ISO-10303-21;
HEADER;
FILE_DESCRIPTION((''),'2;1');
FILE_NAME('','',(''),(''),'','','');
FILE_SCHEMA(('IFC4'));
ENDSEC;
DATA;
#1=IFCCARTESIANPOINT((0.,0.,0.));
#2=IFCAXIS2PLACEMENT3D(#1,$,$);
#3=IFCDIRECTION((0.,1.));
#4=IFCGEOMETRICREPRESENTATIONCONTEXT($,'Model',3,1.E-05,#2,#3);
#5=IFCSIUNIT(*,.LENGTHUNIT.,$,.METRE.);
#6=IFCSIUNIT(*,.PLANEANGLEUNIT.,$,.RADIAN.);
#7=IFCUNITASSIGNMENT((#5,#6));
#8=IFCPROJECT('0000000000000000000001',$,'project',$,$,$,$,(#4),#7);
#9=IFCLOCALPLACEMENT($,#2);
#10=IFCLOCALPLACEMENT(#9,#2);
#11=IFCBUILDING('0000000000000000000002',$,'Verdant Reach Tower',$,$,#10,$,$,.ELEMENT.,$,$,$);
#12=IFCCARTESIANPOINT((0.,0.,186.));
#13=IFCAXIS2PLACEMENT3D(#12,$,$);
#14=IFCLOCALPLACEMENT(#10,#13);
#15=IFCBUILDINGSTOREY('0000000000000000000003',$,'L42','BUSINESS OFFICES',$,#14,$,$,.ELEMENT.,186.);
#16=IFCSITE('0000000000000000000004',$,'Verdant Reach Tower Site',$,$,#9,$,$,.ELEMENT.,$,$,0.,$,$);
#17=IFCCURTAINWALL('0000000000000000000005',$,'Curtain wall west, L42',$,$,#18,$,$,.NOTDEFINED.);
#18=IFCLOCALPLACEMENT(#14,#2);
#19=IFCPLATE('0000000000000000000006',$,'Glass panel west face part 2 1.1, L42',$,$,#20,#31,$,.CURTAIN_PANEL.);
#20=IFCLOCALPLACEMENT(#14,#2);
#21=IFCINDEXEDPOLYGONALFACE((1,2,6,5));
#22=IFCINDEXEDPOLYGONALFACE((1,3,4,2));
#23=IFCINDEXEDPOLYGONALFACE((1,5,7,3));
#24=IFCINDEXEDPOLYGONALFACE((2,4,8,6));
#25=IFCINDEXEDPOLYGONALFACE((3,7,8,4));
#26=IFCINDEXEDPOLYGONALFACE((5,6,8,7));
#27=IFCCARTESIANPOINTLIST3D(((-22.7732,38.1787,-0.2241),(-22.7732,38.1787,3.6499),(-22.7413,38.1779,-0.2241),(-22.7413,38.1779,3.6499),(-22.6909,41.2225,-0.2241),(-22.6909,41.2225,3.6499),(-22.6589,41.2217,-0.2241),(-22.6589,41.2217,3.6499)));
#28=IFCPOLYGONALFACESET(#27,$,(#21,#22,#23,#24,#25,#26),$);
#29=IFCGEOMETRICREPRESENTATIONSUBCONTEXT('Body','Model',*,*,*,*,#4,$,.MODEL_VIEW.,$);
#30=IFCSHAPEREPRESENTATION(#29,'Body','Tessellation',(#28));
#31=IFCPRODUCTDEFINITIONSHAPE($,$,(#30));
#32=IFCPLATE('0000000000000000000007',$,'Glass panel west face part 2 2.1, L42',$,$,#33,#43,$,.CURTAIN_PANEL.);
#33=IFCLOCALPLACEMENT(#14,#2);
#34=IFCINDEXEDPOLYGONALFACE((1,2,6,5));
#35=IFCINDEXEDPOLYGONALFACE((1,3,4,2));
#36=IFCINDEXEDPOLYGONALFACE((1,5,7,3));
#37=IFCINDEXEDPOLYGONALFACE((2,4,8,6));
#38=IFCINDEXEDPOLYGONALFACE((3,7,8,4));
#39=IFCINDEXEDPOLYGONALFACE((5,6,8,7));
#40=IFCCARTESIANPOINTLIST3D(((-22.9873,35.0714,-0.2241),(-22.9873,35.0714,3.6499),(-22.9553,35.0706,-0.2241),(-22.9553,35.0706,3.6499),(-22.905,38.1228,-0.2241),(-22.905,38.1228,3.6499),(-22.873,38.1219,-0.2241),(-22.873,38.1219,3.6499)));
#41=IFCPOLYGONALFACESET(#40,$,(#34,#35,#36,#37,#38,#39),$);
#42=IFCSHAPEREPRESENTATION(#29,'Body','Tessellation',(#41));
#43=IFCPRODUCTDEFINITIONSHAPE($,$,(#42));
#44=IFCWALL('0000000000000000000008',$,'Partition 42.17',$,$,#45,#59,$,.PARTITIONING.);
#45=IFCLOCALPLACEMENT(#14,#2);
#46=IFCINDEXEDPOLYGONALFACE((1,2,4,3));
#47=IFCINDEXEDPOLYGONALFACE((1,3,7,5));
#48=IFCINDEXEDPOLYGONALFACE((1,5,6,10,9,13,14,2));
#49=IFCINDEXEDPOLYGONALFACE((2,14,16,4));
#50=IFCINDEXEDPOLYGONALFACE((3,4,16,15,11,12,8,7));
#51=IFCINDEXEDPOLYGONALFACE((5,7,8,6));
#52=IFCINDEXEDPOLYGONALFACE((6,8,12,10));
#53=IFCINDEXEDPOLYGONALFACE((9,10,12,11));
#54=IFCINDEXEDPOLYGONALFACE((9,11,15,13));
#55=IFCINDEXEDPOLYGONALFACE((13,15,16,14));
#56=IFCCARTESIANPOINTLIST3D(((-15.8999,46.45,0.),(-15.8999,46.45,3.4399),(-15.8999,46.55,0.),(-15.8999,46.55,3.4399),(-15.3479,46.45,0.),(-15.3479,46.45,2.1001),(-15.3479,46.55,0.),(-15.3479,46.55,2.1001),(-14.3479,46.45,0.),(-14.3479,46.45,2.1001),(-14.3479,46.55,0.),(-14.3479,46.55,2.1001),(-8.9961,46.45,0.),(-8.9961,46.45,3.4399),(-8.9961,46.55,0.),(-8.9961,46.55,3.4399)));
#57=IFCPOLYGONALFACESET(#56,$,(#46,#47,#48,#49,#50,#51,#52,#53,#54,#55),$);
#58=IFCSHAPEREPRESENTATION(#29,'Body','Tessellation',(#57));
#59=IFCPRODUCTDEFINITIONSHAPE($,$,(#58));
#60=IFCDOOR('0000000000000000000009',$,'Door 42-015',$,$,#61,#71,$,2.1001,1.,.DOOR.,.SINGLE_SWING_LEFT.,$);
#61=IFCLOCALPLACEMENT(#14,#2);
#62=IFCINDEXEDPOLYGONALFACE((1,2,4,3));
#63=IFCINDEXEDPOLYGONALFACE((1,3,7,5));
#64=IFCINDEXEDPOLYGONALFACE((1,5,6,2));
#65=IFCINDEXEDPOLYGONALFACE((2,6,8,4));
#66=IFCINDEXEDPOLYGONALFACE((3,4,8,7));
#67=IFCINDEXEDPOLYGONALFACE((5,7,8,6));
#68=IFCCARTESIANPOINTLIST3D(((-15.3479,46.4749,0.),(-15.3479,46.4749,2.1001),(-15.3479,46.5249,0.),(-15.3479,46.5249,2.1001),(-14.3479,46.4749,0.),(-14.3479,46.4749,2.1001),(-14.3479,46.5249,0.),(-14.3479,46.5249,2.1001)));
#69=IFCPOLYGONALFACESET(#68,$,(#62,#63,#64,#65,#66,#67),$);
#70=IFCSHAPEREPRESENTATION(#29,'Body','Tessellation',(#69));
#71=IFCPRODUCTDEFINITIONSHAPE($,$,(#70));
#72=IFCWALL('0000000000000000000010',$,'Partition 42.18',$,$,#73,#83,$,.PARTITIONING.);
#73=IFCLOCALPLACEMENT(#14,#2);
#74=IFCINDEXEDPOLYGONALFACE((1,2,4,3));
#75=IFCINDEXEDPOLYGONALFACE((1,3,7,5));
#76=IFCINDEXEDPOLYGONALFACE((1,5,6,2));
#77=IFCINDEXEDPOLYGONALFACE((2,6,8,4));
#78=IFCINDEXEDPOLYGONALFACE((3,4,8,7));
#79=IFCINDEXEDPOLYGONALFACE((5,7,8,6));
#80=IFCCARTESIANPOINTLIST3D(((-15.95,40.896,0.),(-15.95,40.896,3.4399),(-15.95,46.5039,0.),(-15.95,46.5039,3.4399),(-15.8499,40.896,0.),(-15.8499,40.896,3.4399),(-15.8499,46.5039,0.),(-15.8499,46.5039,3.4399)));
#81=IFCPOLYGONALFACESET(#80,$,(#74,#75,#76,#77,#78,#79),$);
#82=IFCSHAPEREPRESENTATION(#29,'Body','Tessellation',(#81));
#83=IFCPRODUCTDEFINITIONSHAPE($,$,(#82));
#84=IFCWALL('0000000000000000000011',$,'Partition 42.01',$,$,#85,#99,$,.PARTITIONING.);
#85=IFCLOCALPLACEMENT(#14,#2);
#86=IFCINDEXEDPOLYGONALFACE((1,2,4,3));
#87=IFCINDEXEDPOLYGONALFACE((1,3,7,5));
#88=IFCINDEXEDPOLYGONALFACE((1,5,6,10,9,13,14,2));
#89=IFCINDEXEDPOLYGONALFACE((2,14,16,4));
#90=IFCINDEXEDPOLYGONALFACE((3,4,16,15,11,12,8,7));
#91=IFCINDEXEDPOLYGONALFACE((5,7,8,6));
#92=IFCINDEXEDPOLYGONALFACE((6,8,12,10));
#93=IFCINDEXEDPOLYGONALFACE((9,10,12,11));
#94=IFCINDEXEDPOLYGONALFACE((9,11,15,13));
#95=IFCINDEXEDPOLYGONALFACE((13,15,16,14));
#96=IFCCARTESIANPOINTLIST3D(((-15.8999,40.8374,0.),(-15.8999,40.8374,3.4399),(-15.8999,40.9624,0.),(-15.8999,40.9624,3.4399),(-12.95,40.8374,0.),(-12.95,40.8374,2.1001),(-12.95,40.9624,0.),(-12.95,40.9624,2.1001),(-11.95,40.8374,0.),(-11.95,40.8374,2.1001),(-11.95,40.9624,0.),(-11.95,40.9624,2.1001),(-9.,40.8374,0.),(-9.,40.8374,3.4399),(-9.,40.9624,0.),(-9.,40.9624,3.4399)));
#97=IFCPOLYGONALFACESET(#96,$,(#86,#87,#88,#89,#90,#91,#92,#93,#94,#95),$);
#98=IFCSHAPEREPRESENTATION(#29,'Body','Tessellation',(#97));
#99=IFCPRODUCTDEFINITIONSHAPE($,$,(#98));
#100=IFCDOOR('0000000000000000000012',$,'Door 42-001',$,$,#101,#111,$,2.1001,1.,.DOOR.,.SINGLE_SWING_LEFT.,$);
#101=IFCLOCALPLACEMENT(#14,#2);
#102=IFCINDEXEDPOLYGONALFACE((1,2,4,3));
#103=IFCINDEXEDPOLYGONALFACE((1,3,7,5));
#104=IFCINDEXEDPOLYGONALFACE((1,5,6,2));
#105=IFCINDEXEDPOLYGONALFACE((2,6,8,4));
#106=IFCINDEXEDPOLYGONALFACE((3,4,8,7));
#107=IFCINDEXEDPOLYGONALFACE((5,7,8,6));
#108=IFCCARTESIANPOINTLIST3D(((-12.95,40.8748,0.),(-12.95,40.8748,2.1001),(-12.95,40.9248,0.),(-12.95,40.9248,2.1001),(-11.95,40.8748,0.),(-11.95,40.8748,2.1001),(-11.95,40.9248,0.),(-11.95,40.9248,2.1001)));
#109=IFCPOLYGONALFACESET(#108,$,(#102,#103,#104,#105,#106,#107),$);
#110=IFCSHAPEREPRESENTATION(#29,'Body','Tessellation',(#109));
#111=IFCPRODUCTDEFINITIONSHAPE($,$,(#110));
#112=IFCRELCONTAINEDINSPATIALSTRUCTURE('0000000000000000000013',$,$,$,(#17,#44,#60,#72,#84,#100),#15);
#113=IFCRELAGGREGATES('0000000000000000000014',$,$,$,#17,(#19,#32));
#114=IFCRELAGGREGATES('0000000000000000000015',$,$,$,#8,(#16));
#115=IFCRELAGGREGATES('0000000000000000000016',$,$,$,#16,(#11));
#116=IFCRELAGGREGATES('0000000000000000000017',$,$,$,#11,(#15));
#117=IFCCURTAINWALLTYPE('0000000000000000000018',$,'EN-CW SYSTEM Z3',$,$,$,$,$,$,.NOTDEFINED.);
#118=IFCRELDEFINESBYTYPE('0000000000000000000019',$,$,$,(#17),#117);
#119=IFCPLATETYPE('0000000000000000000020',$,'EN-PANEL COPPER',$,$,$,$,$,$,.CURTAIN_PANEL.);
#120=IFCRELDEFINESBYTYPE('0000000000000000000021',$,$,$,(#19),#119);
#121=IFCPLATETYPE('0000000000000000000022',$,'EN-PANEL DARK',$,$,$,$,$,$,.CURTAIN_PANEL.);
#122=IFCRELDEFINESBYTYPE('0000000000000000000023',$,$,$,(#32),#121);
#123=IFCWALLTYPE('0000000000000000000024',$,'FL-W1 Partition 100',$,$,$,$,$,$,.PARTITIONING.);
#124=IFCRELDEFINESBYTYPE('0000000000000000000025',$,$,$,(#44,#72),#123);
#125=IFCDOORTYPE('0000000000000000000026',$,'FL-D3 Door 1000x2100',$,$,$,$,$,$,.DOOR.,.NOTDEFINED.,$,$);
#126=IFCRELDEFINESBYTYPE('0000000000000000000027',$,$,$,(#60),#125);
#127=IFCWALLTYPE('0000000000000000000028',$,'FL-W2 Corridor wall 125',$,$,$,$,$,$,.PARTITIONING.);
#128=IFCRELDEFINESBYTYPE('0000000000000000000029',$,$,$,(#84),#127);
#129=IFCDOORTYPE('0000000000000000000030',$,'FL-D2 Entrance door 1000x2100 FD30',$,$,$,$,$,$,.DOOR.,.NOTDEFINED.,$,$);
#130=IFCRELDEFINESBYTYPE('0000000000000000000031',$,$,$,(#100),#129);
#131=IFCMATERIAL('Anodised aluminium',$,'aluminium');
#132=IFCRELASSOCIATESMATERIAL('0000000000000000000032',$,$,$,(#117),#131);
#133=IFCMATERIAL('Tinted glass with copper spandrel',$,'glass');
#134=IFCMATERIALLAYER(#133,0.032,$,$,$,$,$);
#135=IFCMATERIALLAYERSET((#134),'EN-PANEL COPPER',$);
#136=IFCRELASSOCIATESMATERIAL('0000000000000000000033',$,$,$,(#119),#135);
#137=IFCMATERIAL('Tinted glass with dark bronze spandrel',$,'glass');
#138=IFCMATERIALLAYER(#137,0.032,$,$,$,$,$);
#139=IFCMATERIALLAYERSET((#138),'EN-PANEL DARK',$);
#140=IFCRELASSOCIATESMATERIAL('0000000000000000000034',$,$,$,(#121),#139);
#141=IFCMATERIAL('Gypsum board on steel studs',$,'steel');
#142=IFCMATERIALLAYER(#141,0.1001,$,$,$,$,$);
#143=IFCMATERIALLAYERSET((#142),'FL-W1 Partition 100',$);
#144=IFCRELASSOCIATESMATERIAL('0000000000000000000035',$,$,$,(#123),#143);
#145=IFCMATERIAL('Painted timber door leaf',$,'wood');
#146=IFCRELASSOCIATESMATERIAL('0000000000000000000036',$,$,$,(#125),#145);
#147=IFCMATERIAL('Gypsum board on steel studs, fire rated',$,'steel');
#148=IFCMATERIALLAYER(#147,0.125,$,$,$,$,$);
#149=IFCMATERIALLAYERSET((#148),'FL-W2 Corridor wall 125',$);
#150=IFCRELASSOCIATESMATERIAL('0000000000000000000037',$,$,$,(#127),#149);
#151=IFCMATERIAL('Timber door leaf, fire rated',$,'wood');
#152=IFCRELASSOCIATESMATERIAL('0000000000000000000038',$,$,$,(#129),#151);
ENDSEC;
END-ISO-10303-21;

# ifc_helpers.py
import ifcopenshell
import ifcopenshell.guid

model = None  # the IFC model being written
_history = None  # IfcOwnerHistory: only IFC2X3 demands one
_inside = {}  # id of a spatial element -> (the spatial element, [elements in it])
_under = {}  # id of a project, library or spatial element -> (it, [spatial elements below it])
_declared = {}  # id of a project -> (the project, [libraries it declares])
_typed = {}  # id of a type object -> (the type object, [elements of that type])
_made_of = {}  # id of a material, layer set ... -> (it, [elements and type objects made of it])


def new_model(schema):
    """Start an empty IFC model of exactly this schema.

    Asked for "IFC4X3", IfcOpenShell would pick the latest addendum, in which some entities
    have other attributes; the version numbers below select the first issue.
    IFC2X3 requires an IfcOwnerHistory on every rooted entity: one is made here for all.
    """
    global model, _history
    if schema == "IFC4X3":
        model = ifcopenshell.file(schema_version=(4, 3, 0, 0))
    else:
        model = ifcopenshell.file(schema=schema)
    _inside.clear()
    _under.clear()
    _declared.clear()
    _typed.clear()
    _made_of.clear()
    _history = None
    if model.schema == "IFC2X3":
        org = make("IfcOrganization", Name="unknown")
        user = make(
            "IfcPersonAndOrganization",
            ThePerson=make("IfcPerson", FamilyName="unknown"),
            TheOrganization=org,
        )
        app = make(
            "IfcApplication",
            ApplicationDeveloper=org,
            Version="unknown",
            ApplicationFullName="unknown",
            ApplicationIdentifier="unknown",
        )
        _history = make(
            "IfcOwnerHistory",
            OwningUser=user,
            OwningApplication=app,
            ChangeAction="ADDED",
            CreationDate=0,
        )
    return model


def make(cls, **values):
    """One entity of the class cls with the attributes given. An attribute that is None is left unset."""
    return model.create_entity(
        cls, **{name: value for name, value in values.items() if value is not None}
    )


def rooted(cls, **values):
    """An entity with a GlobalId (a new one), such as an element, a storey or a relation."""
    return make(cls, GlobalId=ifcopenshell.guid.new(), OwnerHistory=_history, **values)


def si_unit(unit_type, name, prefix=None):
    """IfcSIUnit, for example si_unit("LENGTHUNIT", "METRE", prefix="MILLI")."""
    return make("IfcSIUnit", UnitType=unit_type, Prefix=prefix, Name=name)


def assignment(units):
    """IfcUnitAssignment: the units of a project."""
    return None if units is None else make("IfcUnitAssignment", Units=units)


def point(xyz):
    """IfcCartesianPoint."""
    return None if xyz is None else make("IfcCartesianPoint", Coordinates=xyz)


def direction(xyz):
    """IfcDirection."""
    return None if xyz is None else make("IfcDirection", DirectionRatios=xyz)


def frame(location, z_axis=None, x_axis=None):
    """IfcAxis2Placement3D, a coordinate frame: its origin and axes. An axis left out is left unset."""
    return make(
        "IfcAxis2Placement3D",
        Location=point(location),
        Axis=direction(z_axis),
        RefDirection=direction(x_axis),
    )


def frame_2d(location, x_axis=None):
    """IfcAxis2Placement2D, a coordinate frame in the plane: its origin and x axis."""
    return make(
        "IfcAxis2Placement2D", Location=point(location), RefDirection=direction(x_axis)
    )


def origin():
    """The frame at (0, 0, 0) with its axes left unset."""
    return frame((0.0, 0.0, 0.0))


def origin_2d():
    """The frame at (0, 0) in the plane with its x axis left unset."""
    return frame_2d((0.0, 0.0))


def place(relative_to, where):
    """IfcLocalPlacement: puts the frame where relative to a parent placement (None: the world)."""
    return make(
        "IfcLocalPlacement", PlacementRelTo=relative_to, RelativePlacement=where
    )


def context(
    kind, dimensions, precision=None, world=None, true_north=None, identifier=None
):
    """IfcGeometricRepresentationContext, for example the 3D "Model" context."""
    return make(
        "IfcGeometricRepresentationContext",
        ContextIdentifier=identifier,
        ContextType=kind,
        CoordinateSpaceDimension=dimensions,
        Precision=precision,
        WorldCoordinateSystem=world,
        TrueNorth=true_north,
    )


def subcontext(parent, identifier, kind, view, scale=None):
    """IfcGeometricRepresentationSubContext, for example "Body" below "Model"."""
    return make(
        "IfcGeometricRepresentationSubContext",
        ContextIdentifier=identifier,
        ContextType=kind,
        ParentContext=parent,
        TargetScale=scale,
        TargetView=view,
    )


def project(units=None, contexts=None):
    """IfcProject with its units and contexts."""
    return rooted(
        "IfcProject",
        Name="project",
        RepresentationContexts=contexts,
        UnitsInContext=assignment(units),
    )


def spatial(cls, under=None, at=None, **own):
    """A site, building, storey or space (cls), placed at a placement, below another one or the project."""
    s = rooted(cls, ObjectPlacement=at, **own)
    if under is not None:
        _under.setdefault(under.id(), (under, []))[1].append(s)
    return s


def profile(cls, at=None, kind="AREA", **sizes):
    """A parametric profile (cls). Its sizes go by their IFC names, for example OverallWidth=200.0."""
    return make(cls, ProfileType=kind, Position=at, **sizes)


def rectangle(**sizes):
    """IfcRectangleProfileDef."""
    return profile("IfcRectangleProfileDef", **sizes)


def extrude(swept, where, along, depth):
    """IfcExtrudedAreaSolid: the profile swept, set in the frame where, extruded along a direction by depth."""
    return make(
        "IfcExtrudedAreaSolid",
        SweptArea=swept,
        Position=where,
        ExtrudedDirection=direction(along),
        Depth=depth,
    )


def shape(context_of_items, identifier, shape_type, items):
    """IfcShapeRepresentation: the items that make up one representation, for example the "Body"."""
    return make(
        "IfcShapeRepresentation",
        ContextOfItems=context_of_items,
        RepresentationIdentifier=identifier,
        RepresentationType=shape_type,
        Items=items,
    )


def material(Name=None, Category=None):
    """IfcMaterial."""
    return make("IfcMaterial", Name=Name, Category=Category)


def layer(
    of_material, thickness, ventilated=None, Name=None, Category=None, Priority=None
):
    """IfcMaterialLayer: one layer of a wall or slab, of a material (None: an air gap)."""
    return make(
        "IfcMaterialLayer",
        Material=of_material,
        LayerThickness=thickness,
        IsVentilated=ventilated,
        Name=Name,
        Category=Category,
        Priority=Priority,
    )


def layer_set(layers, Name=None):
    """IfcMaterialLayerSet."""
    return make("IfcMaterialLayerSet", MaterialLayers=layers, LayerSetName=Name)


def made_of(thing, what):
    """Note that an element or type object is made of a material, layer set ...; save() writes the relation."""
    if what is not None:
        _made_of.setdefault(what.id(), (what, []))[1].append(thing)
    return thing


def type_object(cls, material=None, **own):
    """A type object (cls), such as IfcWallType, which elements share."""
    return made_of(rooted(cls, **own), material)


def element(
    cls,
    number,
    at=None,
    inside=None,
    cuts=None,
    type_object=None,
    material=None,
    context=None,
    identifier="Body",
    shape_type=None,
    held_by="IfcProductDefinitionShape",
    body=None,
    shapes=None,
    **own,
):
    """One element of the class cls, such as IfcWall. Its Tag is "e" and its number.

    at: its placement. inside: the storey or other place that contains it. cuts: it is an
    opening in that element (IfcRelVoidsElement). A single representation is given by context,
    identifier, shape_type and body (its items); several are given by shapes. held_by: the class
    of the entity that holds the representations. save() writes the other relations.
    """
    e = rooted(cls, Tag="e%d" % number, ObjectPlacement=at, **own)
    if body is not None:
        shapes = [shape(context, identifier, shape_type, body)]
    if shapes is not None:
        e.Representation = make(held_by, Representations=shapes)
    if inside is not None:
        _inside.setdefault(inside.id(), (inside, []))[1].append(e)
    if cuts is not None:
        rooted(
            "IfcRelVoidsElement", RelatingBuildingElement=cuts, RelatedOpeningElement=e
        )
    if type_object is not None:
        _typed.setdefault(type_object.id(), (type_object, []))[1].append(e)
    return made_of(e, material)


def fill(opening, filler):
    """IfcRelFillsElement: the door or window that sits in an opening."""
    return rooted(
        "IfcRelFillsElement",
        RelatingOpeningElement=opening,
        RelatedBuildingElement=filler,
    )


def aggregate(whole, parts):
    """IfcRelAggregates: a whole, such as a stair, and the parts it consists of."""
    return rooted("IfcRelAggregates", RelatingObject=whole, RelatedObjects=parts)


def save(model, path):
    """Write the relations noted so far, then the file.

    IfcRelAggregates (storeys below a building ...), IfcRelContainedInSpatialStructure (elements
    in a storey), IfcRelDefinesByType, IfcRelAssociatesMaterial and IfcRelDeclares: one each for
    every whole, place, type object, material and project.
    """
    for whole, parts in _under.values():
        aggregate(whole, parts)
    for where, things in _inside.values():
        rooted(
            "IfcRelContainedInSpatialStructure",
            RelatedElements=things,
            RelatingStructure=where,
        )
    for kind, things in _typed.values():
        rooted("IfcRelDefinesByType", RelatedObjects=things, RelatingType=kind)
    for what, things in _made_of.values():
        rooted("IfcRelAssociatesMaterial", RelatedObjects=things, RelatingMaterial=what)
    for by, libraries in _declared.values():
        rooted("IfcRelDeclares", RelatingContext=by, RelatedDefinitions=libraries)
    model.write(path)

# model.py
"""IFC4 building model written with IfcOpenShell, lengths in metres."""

from ifc_helpers import new_model, si_unit, direction, frame, frame_2d, origin, origin_2d, place, context, subcontext, project, spatial, rectangle, extrude, material, layer, layer_set, type_object, element, fill, aggregate, save


model = new_model("IFC4")

# Units and contexts
model_context = context("Model", 3, precision=1e-05, world=origin(), true_north=direction((0.0, 1.0)))
body_context = subcontext(model_context, "Body", "Model", "MODEL_VIEW")
ifc_project = project(units=[si_unit("LENGTHUNIT", "METRE"), si_unit("PLANEANGLEUNIT", "RADIAN")], contexts=[model_context])

# Site, building, storey
site_placement = place(None, origin())
site = spatial("IfcSite", under=ifc_project, at=site_placement, Name="Verdant Reach Tower Site", CompositionType="ELEMENT", RefElevation=0.0)
building_placement = place(site_placement, origin())
building = spatial("IfcBuilding", under=site, at=building_placement, Name="Verdant Reach Tower", CompositionType="ELEMENT")
storey_placement = place(building_placement, frame((0.0, 0.0, 186.0)))
storey = spatial("IfcBuildingStorey", under=building, at=storey_placement, Name="L42", Description="BUSINESS OFFICES", CompositionType="ELEMENT", Elevation=186.0)

# Curtain wall
ifc_material_1 = material(Name="Anodised aluminium", Category="aluminium")
curtain_wall_type = type_object("IfcCurtainWallType", Name="EN-CW SYSTEM Z3", PredefinedType="NOTDEFINED", material=ifc_material_1)
curtain_wall_placement = place(storey_placement, origin())
curtain_wall = element("IfcCurtainWall", 1, at=curtain_wall_placement, inside=storey, type_object=curtain_wall_type, Name="Curtain wall west, L42", PredefinedType="NOTDEFINED")

# Plates
ifc_material_2 = material(Name="Tinted glass with copper spandrel", Category="glass")
ifc_layer_1 = layer(ifc_material_2, 0.032)
ifc_layer_set_1 = layer_set([ifc_layer_1], Name="EN-PANEL COPPER")
plate_type_1 = type_object("IfcPlateType", Name="EN-PANEL COPPER", PredefinedType="CURTAIN_PANEL", material=ifc_layer_set_1)
plate_1_placement = place(storey_placement, frame((-22.7161, 39.7002, -0.2241), z_axis=(0.0, 0.0, 1.0), x_axis=(-0.027048, -0.999634, 0.0)))
plate_1 = element("IfcPlate", 2, at=plate_1_placement, type_object=plate_type_1, Name="Glass panel west face part 2 1.1, L42", PredefinedType="CURTAIN_PANEL", context=body_context, shape_type="SweptSolid", body=[
    extrude(rectangle(XDim=3.0449, YDim=0.032, at=origin_2d()), origin(), (0.0, 0.0, 1.0), 3.874),
])
ifc_material_3 = material(Name="Tinted glass with dark bronze spandrel", Category="glass")
ifc_layer_2 = layer(ifc_material_3, 0.032)
ifc_layer_set_2 = layer_set([ifc_layer_2], Name="EN-PANEL DARK")
plate_type_2 = type_object("IfcPlateType", Name="EN-PANEL DARK", PredefinedType="CURTAIN_PANEL", material=ifc_layer_set_2)
plate_2_placement = place(storey_placement, frame((-22.9302, 36.5967, -0.2241), z_axis=(0.0, 0.0, 1.0), x_axis=(-0.026965, -0.999636, 0.0)))
plate_2 = element("IfcPlate", 3, at=plate_2_placement, type_object=plate_type_2, Name="Glass panel west face part 2 2.1, L42", PredefinedType="CURTAIN_PANEL", context=body_context, shape_type="SweptSolid", body=[
    extrude(rectangle(XDim=3.0525, YDim=0.032, at=origin_2d()), origin(), (0.0, 0.0, 1.0), 3.874),
])
aggregate(curtain_wall, [plate_1, plate_2])

# Wall, opening, door
ifc_material_4 = material(Name="Gypsum board on steel studs", Category="steel")
ifc_layer_3 = layer(ifc_material_4, 0.1001)
ifc_layer_set_3 = layer_set([ifc_layer_3], Name="FL-W1 Partition 100")
wall_type_1 = type_object("IfcWallType", Name="FL-W1 Partition 100", PredefinedType="PARTITIONING", material=ifc_layer_set_3)
wall_1_placement = place(storey_placement, frame((-15.8999, 46.5, 0.0), z_axis=(0.0, 0.0, 1.0), x_axis=(1.0, 0.0, 0.0)))
wall_1 = element("IfcWall", 4, at=wall_1_placement, inside=storey, type_object=wall_type_1, Name="Partition 42.17", PredefinedType="PARTITIONING", context=body_context, shape_type="SweptSolid", body=[
    extrude(rectangle(XDim=6.9038, YDim=0.1001, at=frame_2d((3.4519, 0.0))), origin(), (0.0, 0.0, 1.0), 3.4399),
])
opening_1_placement = place(wall_1_placement, frame((0.552, 0.0, 0.0)))
opening_1 = element("IfcOpeningElement", 5, at=opening_1_placement, cuts=wall_1, PredefinedType="OPENING", context=body_context, shape_type="SweptSolid", body=[
    extrude(rectangle(XDim=1.0, YDim=2.1001, at=frame_2d((0.5, 1.05))), frame((0.0, 0.0601, 0.0), z_axis=(0.0, -1.0, 0.0), x_axis=(1.0, 0.0, 0.0)), (0.0, 0.0, 1.0), 0.1201),
])
ifc_material_5 = material(Name="Painted timber door leaf", Category="wood")
door_type_1 = type_object("IfcDoorType", Name="FL-D3 Door 1000x2100", OperationType="NOTDEFINED", PredefinedType="DOOR", material=ifc_material_5)
door_1_placement = place(opening_1_placement, origin())
door_1 = element("IfcDoor", 6, at=door_1_placement, inside=storey, type_object=door_type_1, Name="Door 42-015", OperationType="SINGLE_SWING_LEFT", OverallHeight=2.1001, OverallWidth=1.0, PredefinedType="DOOR", context=body_context, shape_type="SweptSolid", body=[
    extrude(rectangle(XDim=1.0, YDim=2.1001, at=frame_2d((0.5, 1.05))), frame((0.0, 0.0249, 0.0), z_axis=(0.0, -1.0, 0.0), x_axis=(1.0, 0.0, 0.0)), (0.0, 0.0, 1.0), 0.05),
])
fill(opening_1, door_1)

# Wall
wall_2_placement = place(storey_placement, frame((-15.8999, 46.5039, 0.0), z_axis=(0.0, 0.0, 1.0), x_axis=(0.0, -1.0, 0.0)))
element("IfcWall", 7, at=wall_2_placement, inside=storey, type_object=wall_type_1, Name="Partition 42.18", PredefinedType="PARTITIONING", context=body_context, shape_type="SweptSolid", body=[
    extrude(rectangle(XDim=5.6079, YDim=0.1001, at=frame_2d((2.804, 0.0))), origin(), (0.0, 0.0, 1.0), 3.4399),
])

# Wall, opening, door
ifc_material_6 = material(Name="Gypsum board on steel studs, fire rated", Category="steel")
ifc_layer_4 = layer(ifc_material_6, 0.125)
ifc_layer_set_4 = layer_set([ifc_layer_4], Name="FL-W2 Corridor wall 125")
wall_type_2 = type_object("IfcWallType", Name="FL-W2 Corridor wall 125", PredefinedType="PARTITIONING", material=ifc_layer_set_4)
wall_3_placement = place(storey_placement, frame((-15.8999, 40.8999, 0.0), z_axis=(0.0, 0.0, 1.0), x_axis=(1.0, 0.0, 0.0)))
wall_3 = element("IfcWall", 8, at=wall_3_placement, inside=storey, type_object=wall_type_2, Name="Partition 42.01", PredefinedType="PARTITIONING", context=body_context, shape_type="SweptSolid", body=[
    extrude(rectangle(XDim=6.8999, YDim=0.125, at=frame_2d((3.45, 0.0))), origin(), (0.0, 0.0, 1.0), 3.4399),
])
opening_2_placement = place(wall_3_placement, frame((2.95, 0.0, 0.0)))
opening_2 = element("IfcOpeningElement", 9, at=opening_2_placement, cuts=wall_3, PredefinedType="OPENING", context=body_context, shape_type="SweptSolid", body=[
    extrude(rectangle(XDim=1.0, YDim=2.1001, at=frame_2d((0.5, 1.05))), frame((0.0, 0.0725, 0.0), z_axis=(0.0, -1.0, 0.0), x_axis=(1.0, 0.0, 0.0)), (0.0, 0.0, 1.0), 0.145),
])
ifc_material_7 = material(Name="Timber door leaf, fire rated", Category="wood")
door_type_2 = type_object("IfcDoorType", Name="FL-D2 Entrance door 1000x2100 FD30", OperationType="NOTDEFINED", PredefinedType="DOOR", material=ifc_material_7)
door_2_placement = place(opening_2_placement, origin())
door_2 = element("IfcDoor", 10, at=door_2_placement, inside=storey, type_object=door_type_2, Name="Door 42-001", OperationType="SINGLE_SWING_LEFT", OverallHeight=2.1001, OverallWidth=1.0, PredefinedType="DOOR", context=body_context, shape_type="SweptSolid", body=[
    extrude(rectangle(XDim=1.0, YDim=2.1001, at=frame_2d((0.5, 1.05))), frame((0.0, 0.0249, 0.0), z_axis=(0.0, -1.0, 0.0), x_axis=(1.0, 0.0, 0.0)), (0.0, 0.0, 1.0), 0.05),
])
fill(opening_2, door_2)

save(model, "model.ifc")
